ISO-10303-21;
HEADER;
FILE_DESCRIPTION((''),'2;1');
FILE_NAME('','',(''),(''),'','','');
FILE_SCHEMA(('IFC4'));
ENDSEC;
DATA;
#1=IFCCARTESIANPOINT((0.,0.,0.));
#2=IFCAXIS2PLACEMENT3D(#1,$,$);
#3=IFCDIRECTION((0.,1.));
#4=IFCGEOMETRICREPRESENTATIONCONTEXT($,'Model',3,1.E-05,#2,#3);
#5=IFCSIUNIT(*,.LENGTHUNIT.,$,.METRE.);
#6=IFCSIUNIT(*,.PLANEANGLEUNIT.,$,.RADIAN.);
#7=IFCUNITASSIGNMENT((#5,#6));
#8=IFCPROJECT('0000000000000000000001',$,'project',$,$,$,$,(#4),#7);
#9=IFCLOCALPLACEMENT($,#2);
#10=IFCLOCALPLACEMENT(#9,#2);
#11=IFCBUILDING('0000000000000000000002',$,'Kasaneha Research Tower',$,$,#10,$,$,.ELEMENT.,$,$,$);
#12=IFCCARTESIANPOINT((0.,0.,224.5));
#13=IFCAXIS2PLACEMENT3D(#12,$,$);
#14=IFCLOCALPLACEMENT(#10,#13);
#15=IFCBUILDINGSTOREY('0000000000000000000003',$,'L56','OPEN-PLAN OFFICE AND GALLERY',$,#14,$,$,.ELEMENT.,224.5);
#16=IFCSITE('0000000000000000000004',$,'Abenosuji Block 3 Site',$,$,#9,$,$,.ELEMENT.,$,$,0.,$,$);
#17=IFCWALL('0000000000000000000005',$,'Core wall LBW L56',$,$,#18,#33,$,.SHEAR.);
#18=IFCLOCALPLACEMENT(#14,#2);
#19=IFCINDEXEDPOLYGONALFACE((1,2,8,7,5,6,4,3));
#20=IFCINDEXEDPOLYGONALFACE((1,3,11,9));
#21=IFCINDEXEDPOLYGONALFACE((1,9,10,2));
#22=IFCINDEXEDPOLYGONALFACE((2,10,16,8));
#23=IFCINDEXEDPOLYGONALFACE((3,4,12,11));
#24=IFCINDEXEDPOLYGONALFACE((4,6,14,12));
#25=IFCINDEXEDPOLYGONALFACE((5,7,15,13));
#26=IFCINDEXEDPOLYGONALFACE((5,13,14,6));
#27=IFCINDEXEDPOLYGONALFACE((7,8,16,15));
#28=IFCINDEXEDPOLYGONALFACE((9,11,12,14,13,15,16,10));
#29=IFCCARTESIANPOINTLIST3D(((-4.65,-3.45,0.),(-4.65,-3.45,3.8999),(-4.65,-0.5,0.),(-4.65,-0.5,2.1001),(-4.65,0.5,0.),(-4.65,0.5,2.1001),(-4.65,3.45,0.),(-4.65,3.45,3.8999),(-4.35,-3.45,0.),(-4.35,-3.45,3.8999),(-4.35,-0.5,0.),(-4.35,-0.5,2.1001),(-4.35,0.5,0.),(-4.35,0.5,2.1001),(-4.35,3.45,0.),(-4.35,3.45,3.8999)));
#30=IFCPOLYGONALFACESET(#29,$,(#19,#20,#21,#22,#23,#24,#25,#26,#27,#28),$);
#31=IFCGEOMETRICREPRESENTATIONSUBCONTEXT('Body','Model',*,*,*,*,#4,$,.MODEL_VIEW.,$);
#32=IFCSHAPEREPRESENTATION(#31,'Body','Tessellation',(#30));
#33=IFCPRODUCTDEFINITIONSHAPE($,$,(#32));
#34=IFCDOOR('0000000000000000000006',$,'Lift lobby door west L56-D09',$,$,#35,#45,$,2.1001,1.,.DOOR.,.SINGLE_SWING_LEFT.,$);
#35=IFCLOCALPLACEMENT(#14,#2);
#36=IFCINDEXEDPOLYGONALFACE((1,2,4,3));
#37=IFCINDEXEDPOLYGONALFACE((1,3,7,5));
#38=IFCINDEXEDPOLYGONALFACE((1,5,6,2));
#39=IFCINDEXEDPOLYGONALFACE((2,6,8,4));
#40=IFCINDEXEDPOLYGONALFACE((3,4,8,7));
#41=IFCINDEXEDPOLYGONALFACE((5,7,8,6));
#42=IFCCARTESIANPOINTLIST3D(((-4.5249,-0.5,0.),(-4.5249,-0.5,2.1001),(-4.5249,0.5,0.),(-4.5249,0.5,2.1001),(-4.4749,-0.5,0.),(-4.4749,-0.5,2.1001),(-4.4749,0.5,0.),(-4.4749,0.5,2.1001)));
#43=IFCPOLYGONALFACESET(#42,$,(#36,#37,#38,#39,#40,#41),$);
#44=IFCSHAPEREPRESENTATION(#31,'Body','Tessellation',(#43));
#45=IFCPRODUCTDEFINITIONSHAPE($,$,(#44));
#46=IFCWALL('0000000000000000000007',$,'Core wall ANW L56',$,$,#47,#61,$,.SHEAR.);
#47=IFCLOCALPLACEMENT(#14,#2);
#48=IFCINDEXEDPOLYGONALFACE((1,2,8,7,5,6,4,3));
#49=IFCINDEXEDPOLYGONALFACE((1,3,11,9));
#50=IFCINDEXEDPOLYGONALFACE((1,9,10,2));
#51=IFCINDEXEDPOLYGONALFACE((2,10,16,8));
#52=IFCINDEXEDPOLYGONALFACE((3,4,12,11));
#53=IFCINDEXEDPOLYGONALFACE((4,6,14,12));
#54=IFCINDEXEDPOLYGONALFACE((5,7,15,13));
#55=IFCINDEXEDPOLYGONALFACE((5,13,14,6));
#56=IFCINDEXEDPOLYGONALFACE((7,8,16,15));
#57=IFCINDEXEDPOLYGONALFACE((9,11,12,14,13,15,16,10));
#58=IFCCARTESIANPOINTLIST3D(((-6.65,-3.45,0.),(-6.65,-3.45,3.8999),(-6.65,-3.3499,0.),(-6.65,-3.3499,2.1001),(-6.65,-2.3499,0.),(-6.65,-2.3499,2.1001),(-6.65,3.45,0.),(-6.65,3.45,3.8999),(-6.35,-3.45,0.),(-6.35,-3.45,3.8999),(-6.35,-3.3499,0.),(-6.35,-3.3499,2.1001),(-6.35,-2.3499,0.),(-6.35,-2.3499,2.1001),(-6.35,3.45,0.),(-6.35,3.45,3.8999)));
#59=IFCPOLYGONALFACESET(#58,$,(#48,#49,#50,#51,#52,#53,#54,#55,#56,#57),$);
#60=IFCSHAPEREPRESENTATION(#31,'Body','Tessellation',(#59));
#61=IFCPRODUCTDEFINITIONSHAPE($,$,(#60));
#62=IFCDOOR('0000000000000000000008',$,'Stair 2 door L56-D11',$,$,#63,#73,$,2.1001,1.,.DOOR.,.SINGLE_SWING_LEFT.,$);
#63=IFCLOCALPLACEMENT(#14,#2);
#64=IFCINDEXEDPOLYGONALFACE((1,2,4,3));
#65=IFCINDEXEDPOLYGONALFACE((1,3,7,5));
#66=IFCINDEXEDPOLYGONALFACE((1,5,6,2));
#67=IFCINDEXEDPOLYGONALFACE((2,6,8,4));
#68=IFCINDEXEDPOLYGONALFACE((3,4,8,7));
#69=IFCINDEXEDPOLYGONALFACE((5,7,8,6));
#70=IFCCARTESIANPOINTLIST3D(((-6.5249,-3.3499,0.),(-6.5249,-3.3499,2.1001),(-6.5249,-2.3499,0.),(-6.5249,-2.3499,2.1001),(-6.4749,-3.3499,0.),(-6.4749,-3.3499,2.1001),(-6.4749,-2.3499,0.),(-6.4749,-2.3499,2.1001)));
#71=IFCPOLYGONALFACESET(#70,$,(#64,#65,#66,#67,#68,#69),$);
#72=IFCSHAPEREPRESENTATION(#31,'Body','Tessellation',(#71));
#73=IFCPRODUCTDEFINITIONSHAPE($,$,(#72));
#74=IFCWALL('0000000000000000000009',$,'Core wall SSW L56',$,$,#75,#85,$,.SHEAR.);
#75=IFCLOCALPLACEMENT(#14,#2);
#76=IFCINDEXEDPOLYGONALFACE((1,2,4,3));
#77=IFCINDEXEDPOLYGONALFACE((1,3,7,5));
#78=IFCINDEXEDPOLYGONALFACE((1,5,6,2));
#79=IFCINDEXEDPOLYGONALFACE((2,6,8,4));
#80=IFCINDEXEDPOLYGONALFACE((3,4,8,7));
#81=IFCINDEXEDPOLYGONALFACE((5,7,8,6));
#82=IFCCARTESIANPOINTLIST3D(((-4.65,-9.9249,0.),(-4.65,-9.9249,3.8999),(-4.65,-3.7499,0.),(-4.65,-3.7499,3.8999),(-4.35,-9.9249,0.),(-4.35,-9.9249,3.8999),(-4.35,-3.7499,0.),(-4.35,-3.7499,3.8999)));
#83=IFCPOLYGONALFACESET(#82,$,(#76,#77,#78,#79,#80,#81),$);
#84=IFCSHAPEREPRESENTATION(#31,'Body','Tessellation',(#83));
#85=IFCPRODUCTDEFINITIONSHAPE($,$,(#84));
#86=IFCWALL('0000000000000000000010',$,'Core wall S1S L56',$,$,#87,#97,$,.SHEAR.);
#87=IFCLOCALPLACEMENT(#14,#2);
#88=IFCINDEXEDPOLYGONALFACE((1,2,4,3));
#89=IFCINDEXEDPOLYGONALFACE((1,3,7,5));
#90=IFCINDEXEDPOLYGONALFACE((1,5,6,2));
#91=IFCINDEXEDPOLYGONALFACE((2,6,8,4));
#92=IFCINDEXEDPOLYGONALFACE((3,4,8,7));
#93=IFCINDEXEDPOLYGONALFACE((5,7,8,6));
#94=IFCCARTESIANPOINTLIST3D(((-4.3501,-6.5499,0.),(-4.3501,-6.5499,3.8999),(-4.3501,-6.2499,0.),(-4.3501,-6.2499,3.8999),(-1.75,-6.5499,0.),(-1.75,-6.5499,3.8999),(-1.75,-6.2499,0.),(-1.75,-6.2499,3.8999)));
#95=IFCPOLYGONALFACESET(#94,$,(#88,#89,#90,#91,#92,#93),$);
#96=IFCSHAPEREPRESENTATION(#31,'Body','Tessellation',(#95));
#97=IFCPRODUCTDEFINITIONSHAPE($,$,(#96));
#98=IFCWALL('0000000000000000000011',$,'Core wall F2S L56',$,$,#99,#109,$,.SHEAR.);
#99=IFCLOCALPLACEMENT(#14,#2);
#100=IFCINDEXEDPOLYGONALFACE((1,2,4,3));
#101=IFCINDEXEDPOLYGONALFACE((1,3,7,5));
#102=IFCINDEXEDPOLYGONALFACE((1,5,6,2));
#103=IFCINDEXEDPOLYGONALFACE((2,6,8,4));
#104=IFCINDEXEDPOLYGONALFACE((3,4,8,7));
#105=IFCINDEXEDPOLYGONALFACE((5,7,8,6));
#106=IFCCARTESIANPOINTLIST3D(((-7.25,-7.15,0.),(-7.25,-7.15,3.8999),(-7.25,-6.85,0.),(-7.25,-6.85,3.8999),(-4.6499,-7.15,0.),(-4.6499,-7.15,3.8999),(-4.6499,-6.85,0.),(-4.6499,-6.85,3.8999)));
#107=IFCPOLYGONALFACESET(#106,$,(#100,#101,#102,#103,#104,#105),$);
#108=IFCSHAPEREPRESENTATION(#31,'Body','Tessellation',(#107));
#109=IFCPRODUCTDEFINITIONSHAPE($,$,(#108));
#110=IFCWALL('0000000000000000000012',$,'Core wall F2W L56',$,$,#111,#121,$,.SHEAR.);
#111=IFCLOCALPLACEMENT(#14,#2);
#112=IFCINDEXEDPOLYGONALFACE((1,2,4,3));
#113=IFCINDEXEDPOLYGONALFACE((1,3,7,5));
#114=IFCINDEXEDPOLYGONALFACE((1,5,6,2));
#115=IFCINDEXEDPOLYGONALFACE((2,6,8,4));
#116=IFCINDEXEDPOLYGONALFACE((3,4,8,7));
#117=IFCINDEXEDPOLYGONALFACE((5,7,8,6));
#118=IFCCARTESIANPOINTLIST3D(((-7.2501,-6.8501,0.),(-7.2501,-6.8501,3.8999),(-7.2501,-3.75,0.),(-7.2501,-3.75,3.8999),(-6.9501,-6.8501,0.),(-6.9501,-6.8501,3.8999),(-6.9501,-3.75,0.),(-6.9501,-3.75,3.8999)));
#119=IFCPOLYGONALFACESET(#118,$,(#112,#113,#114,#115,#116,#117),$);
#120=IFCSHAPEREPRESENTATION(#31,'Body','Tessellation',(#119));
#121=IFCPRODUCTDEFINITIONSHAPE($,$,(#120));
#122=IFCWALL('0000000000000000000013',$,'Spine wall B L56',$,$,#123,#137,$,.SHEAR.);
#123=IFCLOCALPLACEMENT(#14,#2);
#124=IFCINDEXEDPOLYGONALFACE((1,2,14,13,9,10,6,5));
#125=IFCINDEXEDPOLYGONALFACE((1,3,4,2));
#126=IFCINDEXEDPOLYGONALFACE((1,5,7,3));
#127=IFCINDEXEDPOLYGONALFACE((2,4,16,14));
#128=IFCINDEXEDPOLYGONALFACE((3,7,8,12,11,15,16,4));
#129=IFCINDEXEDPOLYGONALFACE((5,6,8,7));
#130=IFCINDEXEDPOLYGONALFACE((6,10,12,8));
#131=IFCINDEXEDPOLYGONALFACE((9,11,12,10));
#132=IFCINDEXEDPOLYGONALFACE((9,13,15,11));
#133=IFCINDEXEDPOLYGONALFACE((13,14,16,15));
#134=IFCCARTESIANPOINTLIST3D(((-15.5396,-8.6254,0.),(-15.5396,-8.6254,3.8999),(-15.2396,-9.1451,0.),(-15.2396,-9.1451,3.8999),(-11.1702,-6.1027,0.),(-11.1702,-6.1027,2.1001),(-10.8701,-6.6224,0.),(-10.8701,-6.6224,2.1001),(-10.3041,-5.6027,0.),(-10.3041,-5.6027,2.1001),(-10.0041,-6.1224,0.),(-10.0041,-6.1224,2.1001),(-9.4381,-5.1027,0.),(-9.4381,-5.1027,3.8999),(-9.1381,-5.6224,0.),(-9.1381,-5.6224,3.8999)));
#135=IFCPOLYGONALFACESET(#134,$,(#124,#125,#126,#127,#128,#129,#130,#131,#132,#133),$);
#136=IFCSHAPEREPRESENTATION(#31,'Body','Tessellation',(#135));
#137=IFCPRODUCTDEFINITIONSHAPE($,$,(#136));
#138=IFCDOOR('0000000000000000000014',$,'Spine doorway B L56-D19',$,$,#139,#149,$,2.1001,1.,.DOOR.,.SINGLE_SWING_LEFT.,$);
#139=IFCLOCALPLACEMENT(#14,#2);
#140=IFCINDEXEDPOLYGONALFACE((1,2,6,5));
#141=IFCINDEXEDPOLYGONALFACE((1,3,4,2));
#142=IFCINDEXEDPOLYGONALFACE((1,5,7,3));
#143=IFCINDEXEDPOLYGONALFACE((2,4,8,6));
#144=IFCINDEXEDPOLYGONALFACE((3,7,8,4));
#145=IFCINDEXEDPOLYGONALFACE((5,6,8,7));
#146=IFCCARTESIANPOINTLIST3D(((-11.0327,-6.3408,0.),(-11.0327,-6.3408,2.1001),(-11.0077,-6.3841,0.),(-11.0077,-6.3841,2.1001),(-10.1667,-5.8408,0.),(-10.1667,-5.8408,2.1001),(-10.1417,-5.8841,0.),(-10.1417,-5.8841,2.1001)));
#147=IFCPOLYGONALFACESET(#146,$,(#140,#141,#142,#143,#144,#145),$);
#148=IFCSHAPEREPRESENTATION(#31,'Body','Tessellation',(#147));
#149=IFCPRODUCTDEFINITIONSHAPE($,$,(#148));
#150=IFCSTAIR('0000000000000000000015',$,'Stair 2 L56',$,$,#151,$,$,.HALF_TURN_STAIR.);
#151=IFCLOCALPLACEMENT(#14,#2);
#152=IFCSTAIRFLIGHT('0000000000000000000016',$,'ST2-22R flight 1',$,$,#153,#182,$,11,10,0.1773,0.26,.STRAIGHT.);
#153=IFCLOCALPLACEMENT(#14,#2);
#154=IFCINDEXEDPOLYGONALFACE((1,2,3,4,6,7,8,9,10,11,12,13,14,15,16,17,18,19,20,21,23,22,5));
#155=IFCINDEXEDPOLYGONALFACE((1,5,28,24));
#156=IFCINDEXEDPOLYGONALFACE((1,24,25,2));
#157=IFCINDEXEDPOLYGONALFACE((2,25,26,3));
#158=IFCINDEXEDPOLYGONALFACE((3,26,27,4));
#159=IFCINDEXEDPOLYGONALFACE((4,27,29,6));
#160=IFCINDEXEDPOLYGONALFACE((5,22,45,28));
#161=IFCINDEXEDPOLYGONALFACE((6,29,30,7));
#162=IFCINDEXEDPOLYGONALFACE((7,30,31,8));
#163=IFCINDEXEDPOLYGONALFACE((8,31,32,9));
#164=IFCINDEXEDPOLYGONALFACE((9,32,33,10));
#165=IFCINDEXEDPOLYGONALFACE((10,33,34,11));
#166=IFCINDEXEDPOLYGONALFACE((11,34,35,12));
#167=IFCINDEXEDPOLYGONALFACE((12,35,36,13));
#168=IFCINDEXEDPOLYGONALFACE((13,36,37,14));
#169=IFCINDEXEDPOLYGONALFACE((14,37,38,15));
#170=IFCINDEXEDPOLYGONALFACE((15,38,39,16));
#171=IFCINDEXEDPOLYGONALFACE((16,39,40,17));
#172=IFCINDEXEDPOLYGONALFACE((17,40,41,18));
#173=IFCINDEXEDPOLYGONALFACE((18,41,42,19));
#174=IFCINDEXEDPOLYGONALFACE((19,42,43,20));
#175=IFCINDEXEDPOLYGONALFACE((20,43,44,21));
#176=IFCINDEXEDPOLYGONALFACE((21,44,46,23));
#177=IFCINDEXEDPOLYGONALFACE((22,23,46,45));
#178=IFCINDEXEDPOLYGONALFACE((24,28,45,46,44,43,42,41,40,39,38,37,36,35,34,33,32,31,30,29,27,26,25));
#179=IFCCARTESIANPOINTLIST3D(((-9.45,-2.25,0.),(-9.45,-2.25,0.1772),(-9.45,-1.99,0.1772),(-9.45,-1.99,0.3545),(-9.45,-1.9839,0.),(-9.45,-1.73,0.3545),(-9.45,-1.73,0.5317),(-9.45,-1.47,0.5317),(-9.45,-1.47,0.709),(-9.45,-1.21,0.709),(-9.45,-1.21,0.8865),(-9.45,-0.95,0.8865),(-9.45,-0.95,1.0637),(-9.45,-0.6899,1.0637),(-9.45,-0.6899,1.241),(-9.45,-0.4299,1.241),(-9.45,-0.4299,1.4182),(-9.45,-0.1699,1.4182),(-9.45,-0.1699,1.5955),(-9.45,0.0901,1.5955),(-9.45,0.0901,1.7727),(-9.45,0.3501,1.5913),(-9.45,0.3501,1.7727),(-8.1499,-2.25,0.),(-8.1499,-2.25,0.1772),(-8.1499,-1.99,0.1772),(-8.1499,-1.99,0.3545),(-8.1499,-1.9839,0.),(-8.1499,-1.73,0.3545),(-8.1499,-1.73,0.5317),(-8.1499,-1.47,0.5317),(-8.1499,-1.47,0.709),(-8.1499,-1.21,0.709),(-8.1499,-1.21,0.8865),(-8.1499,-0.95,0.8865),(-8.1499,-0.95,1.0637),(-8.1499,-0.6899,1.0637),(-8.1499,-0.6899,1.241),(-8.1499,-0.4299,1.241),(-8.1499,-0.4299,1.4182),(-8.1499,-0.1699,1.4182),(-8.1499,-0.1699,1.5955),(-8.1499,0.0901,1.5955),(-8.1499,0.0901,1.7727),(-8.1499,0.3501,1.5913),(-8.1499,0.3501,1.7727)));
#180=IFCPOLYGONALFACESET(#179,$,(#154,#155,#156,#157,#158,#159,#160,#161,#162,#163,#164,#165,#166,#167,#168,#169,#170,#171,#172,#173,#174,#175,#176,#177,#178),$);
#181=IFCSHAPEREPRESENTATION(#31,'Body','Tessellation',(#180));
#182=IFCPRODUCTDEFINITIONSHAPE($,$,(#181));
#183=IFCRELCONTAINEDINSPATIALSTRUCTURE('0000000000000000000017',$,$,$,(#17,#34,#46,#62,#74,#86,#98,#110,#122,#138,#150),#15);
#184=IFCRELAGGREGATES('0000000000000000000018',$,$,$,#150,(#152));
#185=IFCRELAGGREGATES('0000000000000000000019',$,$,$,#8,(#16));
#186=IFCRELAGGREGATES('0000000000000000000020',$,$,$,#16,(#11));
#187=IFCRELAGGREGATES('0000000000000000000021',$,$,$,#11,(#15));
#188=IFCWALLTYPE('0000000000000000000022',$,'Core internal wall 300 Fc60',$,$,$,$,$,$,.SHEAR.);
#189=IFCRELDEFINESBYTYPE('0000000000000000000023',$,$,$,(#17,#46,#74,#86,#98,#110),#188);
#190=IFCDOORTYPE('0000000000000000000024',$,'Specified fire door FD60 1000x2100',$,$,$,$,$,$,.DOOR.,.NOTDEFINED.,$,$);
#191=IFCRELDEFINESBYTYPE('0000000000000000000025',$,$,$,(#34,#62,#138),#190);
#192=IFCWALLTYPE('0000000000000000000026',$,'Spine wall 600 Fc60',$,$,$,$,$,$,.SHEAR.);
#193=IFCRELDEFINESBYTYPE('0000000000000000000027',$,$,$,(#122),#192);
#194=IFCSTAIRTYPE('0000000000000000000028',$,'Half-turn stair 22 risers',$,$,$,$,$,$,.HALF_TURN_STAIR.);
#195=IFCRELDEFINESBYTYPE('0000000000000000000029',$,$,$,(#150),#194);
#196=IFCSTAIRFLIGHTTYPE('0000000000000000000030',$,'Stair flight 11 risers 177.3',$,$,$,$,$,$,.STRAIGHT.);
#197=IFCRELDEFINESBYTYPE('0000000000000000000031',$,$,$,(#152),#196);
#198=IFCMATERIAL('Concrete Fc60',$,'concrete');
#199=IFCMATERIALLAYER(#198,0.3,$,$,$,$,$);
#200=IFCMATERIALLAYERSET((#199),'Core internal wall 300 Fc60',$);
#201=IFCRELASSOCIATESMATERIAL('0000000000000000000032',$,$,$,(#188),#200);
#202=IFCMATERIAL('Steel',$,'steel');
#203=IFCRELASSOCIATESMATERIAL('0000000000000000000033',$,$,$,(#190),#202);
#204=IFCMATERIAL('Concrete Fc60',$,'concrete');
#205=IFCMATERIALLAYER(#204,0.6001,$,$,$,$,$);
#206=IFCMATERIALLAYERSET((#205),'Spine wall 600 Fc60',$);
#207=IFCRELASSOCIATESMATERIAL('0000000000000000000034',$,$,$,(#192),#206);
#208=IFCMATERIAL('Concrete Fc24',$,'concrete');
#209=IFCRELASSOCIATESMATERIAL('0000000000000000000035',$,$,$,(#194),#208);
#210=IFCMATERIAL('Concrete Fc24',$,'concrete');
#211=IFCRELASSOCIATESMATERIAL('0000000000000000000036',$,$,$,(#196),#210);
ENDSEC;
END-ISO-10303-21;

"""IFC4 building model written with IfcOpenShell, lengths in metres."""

from ifc_helpers import new_model, si_unit, direction, frame, frame_2d, origin, place, context, subcontext, project, spatial, polyline, rectangle, outline, extrude, material, layer, layer_set, type_object, element, fill, aggregate, save


model = new_model("IFC4")

# Units and contexts
model_context = context("Model", 3, precision=1e-05, world=origin(), true_north=direction((0.0, 1.0)))
body_context = subcontext(model_context, "Body", "Model", "MODEL_VIEW")
ifc_project = project(units=[si_unit("LENGTHUNIT", "METRE"), si_unit("PLANEANGLEUNIT", "RADIAN")], contexts=[model_context])

# Site, building, storey
site_placement = place(None, origin())
site = spatial("IfcSite", under=ifc_project, at=site_placement, Name="Abenosuji Block 3 Site", CompositionType="ELEMENT", RefElevation=0.0)
building_placement = place(site_placement, origin())
building = spatial("IfcBuilding", under=site, at=building_placement, Name="Kasaneha Research Tower", CompositionType="ELEMENT")
storey_placement = place(building_placement, frame((0.0, 0.0, 224.5)))
storey = spatial("IfcBuildingStorey", under=building, at=storey_placement, Name="L56", Description="OPEN-PLAN OFFICE AND GALLERY", CompositionType="ELEMENT", Elevation=224.5)

# Shared definitions
ifc_material_1 = material(Name="Concrete Fc60", Category="concrete")
ifc_layer_1 = layer(ifc_material_1, 0.3)
ifc_layer_set_1 = layer_set([ifc_layer_1], Name="Core internal wall 300 Fc60")
wall_type_1 = type_object("IfcWallType", Name="Core internal wall 300 Fc60", PredefinedType="SHEAR", material=ifc_layer_set_1)

# Walls, openings, doors
wall_1_placement = place(storey_placement, frame((-4.5, -3.45, 0.0), z_axis=(0.0, 0.0, 1.0), x_axis=(0.0, 1.0, 0.0)))
wall_1 = element("IfcWall", 1, at=wall_1_placement, inside=storey, type_object=wall_type_1, Name="Core wall LBW L56", PredefinedType="SHEAR", context=body_context, shape_type="SweptSolid", body=[
    extrude(rectangle(XDim=6.8999, YDim=0.3, at=frame_2d((3.45, 0.0))), origin(), (0.0, 0.0, 1.0), 3.8999),
])
opening_1_placement = place(wall_1_placement, frame((2.95, 0.0, 0.0)))
opening_1 = element("IfcOpeningElement", 2, at=opening_1_placement, cuts=wall_1, PredefinedType="OPENING", context=body_context, shape_type="SweptSolid", body=[
    extrude(rectangle(XDim=1.0, YDim=2.1001, at=frame_2d((0.5, 1.05))), frame((0.0, 0.1602, 0.0), z_axis=(0.0, -1.0, 0.0), x_axis=(1.0, 0.0, 0.0)), (0.0, 0.0, 1.0), 0.3201),
])
ifc_material_2 = material(Name="Steel", Category="steel")
door_type_1 = type_object("IfcDoorType", Name="Specified fire door FD60 1000x2100", OperationType="NOTDEFINED", PredefinedType="DOOR", material=ifc_material_2)
door_1_placement = place(opening_1_placement, origin())
door_1 = element("IfcDoor", 3, at=door_1_placement, inside=storey, type_object=door_type_1, Name="Lift lobby door west L56-D09", OperationType="SINGLE_SWING_LEFT", OverallHeight=2.1001, OverallWidth=1.0, PredefinedType="DOOR", context=body_context, shape_type="SweptSolid", body=[
    extrude(rectangle(XDim=1.0, YDim=2.1001, at=frame_2d((0.5, 1.05))), frame((0.0, 0.0249, 0.0), z_axis=(0.0, -1.0, 0.0), x_axis=(1.0, 0.0, 0.0)), (0.0, 0.0, 1.0), 0.05),
])
fill(opening_1, door_1)
wall_2_placement = place(storey_placement, frame((-6.5, -3.45, 0.0), z_axis=(0.0, 0.0, 1.0), x_axis=(0.0, 1.0, 0.0)))
wall_2 = element("IfcWall", 4, at=wall_2_placement, inside=storey, type_object=wall_type_1, Name="Core wall ANW L56", PredefinedType="SHEAR", context=body_context, shape_type="SweptSolid", body=[
    extrude(rectangle(XDim=6.8999, YDim=0.3, at=frame_2d((3.45, 0.0))), origin(), (0.0, 0.0, 1.0), 3.8999),
])
opening_2_placement = place(wall_2_placement, frame((0.1001, 0.0, 0.0)))
opening_2 = element("IfcOpeningElement", 5, at=opening_2_placement, cuts=wall_2, PredefinedType="OPENING", context=body_context, shape_type="SweptSolid", body=[
    extrude(rectangle(XDim=1.0, YDim=2.1001, at=frame_2d((0.5, 1.05))), frame((0.0, 0.1602, 0.0), z_axis=(0.0, -1.0, 0.0), x_axis=(1.0, 0.0, 0.0)), (0.0, 0.0, 1.0), 0.3201),
])
door_2_placement = place(opening_2_placement, origin())
door_2 = element("IfcDoor", 6, at=door_2_placement, inside=storey, type_object=door_type_1, Name="Stair 2 door L56-D11", OperationType="SINGLE_SWING_LEFT", OverallHeight=2.1001, OverallWidth=1.0, PredefinedType="DOOR", context=body_context, shape_type="SweptSolid", body=[
    extrude(rectangle(XDim=1.0, YDim=2.1001, at=frame_2d((0.5, 1.05))), frame((0.0, 0.0249, 0.0), z_axis=(0.0, -1.0, 0.0), x_axis=(1.0, 0.0, 0.0)), (0.0, 0.0, 1.0), 0.05),
])
fill(opening_2, door_2)

# Walls
wall_3_placement = place(storey_placement, frame((-4.5, -3.75, 0.0), z_axis=(0.0, 0.0, 1.0), x_axis=(0.0, -1.0, 0.0)))
element("IfcWall", 7, at=wall_3_placement, inside=storey, type_object=wall_type_1, Name="Core wall SSW L56", PredefinedType="SHEAR", context=body_context, shape_type="SweptSolid", body=[
    extrude(rectangle(XDim=6.175, YDim=0.3, at=frame_2d((3.0874, 0.0))), origin(), (0.0, 0.0, 1.0), 3.8999),
])
for number, where, z_axis, x_axis, name in (
    (8, (-4.3501, -6.3999, 0.0), (0.0, 0.0, 1.0), (1.0, 0.0, 0.0), "Core wall S1S L56"),
    (9, (-7.25, -7.0, 0.0), (0.0, 0.0, 1.0), (1.0, 0.0, 0.0), "Core wall F2S L56"),
):
    element("IfcWall", number, at=place(storey_placement, frame(where, z_axis=z_axis, x_axis=x_axis)), inside=storey, type_object=wall_type_1, Name=name, PredefinedType="SHEAR", context=body_context, shape_type="SweptSolid", body=[
        extrude(rectangle(XDim=2.6001, YDim=0.3, at=frame_2d((1.3, 0.0))), origin(), (0.0, 0.0, 1.0), 3.8999),
    ])
wall_4_placement = place(storey_placement, frame((-7.1001, -3.75, 0.0), z_axis=(0.0, 0.0, 1.0), x_axis=(0.0, -1.0, 0.0)))
element("IfcWall", 10, at=wall_4_placement, inside=storey, type_object=wall_type_1, Name="Core wall F2W L56", PredefinedType="SHEAR", context=body_context, shape_type="SweptSolid", body=[
    extrude(rectangle(XDim=3.1001, YDim=0.3, at=frame_2d((1.55, 0.0))), origin(), (0.0, 0.0, 1.0), 3.8999),
])

# Wall, opening, door
ifc_material_3 = material(Name="Concrete Fc60", Category="concrete")
ifc_layer_2 = layer(ifc_material_3, 0.6001)
ifc_layer_set_2 = layer_set([ifc_layer_2], Name="Spine wall 600 Fc60")
wall_type_2 = type_object("IfcWallType", Name="Spine wall 600 Fc60", PredefinedType="SHEAR", material=ifc_layer_set_2)
wall_5_placement = place(storey_placement, frame((-9.2881, -5.3625, 0.0), z_axis=(0.0, 0.0, 1.0), x_axis=(-0.866027, -0.499996, 0.0)))
wall_5 = element("IfcWall", 11, at=wall_5_placement, inside=storey, type_object=wall_type_2, Name="Spine wall B L56", PredefinedType="SHEAR", context=body_context, shape_type="SweptSolid", body=[
    extrude(rectangle(XDim=7.0454, YDim=0.6001, at=frame_2d((3.5227, 0.0))), origin(), (0.0, 0.0, 1.0), 3.8999),
])
opening_3_placement = place(wall_5_placement, frame((1.0, 0.0, 0.0)))
opening_3 = element("IfcOpeningElement", 12, at=opening_3_placement, cuts=wall_5, PredefinedType="OPENING", context=body_context, shape_type="SweptSolid", body=[
    extrude(rectangle(XDim=1.0, YDim=2.1001, at=frame_2d((0.5, 1.05))), frame((0.0, 0.3101, 0.0), z_axis=(0.0, -1.0, 0.0), x_axis=(1.0, 0.0, 0.0)), (0.0, 0.0, 1.0), 0.6201),
])
door_3_placement = place(opening_3_placement, origin())
door_3 = element("IfcDoor", 13, at=door_3_placement, inside=storey, type_object=door_type_1, Name="Spine doorway B L56-D19", OperationType="SINGLE_SWING_LEFT", OverallHeight=2.1001, OverallWidth=1.0, PredefinedType="DOOR", context=body_context, shape_type="SweptSolid", body=[
    extrude(rectangle(XDim=1.0, YDim=2.1001, at=frame_2d((0.5, 1.05))), frame((0.0, 0.0249, 0.0), z_axis=(0.0, -1.0, 0.0), x_axis=(1.0, 0.0, 0.0)), (0.0, 0.0, 1.0), 0.05),
])
fill(opening_3, door_3)

# Stair, stair flight
ifc_material_4 = material(Name="Concrete Fc24", Category="concrete")
stair_type = type_object("IfcStairType", Name="Half-turn stair 22 risers", PredefinedType="HALF_TURN_STAIR", material=ifc_material_4)
stair_placement = place(storey_placement, origin())
stair = element("IfcStair", 14, at=stair_placement, inside=storey, type_object=stair_type, Name="Stair 2 L56", PredefinedType="HALF_TURN_STAIR")
ifc_material_5 = material(Name="Concrete Fc24", Category="concrete")
stair_flight_type = type_object("IfcStairFlightType", Name="Stair flight 11 risers 177.3", PredefinedType="STRAIGHT", material=ifc_material_5)
stair_flight_placement = place(storey_placement, frame((-8.8, -2.25, 0.0), z_axis=(0.0, 0.0, 1.0), x_axis=(0.0, 1.0, 0.0)))
stair_flight = element("IfcStairFlight", 15, at=stair_flight_placement, type_object=stair_flight_type, Name="ST2-22R flight 1", NumberOfRisers=11, NumberOfTreads=10, PredefinedType="STRAIGHT", RiserHeight=0.1773, TreadLength=0.26, context=body_context, shape_type="SweptSolid", body=[
    extrude(outline(polyline([(0.0, 0.0), (0.0, 0.1772), (0.26, 0.1772), (0.26, 0.3545), (0.52, 0.3545), (0.52, 0.5317), (0.78, 0.5317), (0.78, 0.709), (1.04, 0.709), (1.04, 0.8865), (1.3, 0.8865), (1.3, 1.0637), (1.5601, 1.0637), (1.5601, 1.241), (1.8201, 1.241), (1.8201, 1.4182), (2.0801, 1.4182), (2.0801, 1.5955), (2.3401, 1.5955), (2.3401, 1.7727), (2.6001, 1.7727), (2.6001, 1.95), (2.6001, 1.5913), (0.2661, 0.0), (0.0, 0.0)])), frame((0.0, 0.6499, 0.0), z_axis=(0.0, -1.0, 0.0), x_axis=(1.0, 0.0, 0.0)), (0.0, 0.0, 1.0), 1.3),
])
aggregate(stair, [stair_flight])

save(model, "model.ifc")
